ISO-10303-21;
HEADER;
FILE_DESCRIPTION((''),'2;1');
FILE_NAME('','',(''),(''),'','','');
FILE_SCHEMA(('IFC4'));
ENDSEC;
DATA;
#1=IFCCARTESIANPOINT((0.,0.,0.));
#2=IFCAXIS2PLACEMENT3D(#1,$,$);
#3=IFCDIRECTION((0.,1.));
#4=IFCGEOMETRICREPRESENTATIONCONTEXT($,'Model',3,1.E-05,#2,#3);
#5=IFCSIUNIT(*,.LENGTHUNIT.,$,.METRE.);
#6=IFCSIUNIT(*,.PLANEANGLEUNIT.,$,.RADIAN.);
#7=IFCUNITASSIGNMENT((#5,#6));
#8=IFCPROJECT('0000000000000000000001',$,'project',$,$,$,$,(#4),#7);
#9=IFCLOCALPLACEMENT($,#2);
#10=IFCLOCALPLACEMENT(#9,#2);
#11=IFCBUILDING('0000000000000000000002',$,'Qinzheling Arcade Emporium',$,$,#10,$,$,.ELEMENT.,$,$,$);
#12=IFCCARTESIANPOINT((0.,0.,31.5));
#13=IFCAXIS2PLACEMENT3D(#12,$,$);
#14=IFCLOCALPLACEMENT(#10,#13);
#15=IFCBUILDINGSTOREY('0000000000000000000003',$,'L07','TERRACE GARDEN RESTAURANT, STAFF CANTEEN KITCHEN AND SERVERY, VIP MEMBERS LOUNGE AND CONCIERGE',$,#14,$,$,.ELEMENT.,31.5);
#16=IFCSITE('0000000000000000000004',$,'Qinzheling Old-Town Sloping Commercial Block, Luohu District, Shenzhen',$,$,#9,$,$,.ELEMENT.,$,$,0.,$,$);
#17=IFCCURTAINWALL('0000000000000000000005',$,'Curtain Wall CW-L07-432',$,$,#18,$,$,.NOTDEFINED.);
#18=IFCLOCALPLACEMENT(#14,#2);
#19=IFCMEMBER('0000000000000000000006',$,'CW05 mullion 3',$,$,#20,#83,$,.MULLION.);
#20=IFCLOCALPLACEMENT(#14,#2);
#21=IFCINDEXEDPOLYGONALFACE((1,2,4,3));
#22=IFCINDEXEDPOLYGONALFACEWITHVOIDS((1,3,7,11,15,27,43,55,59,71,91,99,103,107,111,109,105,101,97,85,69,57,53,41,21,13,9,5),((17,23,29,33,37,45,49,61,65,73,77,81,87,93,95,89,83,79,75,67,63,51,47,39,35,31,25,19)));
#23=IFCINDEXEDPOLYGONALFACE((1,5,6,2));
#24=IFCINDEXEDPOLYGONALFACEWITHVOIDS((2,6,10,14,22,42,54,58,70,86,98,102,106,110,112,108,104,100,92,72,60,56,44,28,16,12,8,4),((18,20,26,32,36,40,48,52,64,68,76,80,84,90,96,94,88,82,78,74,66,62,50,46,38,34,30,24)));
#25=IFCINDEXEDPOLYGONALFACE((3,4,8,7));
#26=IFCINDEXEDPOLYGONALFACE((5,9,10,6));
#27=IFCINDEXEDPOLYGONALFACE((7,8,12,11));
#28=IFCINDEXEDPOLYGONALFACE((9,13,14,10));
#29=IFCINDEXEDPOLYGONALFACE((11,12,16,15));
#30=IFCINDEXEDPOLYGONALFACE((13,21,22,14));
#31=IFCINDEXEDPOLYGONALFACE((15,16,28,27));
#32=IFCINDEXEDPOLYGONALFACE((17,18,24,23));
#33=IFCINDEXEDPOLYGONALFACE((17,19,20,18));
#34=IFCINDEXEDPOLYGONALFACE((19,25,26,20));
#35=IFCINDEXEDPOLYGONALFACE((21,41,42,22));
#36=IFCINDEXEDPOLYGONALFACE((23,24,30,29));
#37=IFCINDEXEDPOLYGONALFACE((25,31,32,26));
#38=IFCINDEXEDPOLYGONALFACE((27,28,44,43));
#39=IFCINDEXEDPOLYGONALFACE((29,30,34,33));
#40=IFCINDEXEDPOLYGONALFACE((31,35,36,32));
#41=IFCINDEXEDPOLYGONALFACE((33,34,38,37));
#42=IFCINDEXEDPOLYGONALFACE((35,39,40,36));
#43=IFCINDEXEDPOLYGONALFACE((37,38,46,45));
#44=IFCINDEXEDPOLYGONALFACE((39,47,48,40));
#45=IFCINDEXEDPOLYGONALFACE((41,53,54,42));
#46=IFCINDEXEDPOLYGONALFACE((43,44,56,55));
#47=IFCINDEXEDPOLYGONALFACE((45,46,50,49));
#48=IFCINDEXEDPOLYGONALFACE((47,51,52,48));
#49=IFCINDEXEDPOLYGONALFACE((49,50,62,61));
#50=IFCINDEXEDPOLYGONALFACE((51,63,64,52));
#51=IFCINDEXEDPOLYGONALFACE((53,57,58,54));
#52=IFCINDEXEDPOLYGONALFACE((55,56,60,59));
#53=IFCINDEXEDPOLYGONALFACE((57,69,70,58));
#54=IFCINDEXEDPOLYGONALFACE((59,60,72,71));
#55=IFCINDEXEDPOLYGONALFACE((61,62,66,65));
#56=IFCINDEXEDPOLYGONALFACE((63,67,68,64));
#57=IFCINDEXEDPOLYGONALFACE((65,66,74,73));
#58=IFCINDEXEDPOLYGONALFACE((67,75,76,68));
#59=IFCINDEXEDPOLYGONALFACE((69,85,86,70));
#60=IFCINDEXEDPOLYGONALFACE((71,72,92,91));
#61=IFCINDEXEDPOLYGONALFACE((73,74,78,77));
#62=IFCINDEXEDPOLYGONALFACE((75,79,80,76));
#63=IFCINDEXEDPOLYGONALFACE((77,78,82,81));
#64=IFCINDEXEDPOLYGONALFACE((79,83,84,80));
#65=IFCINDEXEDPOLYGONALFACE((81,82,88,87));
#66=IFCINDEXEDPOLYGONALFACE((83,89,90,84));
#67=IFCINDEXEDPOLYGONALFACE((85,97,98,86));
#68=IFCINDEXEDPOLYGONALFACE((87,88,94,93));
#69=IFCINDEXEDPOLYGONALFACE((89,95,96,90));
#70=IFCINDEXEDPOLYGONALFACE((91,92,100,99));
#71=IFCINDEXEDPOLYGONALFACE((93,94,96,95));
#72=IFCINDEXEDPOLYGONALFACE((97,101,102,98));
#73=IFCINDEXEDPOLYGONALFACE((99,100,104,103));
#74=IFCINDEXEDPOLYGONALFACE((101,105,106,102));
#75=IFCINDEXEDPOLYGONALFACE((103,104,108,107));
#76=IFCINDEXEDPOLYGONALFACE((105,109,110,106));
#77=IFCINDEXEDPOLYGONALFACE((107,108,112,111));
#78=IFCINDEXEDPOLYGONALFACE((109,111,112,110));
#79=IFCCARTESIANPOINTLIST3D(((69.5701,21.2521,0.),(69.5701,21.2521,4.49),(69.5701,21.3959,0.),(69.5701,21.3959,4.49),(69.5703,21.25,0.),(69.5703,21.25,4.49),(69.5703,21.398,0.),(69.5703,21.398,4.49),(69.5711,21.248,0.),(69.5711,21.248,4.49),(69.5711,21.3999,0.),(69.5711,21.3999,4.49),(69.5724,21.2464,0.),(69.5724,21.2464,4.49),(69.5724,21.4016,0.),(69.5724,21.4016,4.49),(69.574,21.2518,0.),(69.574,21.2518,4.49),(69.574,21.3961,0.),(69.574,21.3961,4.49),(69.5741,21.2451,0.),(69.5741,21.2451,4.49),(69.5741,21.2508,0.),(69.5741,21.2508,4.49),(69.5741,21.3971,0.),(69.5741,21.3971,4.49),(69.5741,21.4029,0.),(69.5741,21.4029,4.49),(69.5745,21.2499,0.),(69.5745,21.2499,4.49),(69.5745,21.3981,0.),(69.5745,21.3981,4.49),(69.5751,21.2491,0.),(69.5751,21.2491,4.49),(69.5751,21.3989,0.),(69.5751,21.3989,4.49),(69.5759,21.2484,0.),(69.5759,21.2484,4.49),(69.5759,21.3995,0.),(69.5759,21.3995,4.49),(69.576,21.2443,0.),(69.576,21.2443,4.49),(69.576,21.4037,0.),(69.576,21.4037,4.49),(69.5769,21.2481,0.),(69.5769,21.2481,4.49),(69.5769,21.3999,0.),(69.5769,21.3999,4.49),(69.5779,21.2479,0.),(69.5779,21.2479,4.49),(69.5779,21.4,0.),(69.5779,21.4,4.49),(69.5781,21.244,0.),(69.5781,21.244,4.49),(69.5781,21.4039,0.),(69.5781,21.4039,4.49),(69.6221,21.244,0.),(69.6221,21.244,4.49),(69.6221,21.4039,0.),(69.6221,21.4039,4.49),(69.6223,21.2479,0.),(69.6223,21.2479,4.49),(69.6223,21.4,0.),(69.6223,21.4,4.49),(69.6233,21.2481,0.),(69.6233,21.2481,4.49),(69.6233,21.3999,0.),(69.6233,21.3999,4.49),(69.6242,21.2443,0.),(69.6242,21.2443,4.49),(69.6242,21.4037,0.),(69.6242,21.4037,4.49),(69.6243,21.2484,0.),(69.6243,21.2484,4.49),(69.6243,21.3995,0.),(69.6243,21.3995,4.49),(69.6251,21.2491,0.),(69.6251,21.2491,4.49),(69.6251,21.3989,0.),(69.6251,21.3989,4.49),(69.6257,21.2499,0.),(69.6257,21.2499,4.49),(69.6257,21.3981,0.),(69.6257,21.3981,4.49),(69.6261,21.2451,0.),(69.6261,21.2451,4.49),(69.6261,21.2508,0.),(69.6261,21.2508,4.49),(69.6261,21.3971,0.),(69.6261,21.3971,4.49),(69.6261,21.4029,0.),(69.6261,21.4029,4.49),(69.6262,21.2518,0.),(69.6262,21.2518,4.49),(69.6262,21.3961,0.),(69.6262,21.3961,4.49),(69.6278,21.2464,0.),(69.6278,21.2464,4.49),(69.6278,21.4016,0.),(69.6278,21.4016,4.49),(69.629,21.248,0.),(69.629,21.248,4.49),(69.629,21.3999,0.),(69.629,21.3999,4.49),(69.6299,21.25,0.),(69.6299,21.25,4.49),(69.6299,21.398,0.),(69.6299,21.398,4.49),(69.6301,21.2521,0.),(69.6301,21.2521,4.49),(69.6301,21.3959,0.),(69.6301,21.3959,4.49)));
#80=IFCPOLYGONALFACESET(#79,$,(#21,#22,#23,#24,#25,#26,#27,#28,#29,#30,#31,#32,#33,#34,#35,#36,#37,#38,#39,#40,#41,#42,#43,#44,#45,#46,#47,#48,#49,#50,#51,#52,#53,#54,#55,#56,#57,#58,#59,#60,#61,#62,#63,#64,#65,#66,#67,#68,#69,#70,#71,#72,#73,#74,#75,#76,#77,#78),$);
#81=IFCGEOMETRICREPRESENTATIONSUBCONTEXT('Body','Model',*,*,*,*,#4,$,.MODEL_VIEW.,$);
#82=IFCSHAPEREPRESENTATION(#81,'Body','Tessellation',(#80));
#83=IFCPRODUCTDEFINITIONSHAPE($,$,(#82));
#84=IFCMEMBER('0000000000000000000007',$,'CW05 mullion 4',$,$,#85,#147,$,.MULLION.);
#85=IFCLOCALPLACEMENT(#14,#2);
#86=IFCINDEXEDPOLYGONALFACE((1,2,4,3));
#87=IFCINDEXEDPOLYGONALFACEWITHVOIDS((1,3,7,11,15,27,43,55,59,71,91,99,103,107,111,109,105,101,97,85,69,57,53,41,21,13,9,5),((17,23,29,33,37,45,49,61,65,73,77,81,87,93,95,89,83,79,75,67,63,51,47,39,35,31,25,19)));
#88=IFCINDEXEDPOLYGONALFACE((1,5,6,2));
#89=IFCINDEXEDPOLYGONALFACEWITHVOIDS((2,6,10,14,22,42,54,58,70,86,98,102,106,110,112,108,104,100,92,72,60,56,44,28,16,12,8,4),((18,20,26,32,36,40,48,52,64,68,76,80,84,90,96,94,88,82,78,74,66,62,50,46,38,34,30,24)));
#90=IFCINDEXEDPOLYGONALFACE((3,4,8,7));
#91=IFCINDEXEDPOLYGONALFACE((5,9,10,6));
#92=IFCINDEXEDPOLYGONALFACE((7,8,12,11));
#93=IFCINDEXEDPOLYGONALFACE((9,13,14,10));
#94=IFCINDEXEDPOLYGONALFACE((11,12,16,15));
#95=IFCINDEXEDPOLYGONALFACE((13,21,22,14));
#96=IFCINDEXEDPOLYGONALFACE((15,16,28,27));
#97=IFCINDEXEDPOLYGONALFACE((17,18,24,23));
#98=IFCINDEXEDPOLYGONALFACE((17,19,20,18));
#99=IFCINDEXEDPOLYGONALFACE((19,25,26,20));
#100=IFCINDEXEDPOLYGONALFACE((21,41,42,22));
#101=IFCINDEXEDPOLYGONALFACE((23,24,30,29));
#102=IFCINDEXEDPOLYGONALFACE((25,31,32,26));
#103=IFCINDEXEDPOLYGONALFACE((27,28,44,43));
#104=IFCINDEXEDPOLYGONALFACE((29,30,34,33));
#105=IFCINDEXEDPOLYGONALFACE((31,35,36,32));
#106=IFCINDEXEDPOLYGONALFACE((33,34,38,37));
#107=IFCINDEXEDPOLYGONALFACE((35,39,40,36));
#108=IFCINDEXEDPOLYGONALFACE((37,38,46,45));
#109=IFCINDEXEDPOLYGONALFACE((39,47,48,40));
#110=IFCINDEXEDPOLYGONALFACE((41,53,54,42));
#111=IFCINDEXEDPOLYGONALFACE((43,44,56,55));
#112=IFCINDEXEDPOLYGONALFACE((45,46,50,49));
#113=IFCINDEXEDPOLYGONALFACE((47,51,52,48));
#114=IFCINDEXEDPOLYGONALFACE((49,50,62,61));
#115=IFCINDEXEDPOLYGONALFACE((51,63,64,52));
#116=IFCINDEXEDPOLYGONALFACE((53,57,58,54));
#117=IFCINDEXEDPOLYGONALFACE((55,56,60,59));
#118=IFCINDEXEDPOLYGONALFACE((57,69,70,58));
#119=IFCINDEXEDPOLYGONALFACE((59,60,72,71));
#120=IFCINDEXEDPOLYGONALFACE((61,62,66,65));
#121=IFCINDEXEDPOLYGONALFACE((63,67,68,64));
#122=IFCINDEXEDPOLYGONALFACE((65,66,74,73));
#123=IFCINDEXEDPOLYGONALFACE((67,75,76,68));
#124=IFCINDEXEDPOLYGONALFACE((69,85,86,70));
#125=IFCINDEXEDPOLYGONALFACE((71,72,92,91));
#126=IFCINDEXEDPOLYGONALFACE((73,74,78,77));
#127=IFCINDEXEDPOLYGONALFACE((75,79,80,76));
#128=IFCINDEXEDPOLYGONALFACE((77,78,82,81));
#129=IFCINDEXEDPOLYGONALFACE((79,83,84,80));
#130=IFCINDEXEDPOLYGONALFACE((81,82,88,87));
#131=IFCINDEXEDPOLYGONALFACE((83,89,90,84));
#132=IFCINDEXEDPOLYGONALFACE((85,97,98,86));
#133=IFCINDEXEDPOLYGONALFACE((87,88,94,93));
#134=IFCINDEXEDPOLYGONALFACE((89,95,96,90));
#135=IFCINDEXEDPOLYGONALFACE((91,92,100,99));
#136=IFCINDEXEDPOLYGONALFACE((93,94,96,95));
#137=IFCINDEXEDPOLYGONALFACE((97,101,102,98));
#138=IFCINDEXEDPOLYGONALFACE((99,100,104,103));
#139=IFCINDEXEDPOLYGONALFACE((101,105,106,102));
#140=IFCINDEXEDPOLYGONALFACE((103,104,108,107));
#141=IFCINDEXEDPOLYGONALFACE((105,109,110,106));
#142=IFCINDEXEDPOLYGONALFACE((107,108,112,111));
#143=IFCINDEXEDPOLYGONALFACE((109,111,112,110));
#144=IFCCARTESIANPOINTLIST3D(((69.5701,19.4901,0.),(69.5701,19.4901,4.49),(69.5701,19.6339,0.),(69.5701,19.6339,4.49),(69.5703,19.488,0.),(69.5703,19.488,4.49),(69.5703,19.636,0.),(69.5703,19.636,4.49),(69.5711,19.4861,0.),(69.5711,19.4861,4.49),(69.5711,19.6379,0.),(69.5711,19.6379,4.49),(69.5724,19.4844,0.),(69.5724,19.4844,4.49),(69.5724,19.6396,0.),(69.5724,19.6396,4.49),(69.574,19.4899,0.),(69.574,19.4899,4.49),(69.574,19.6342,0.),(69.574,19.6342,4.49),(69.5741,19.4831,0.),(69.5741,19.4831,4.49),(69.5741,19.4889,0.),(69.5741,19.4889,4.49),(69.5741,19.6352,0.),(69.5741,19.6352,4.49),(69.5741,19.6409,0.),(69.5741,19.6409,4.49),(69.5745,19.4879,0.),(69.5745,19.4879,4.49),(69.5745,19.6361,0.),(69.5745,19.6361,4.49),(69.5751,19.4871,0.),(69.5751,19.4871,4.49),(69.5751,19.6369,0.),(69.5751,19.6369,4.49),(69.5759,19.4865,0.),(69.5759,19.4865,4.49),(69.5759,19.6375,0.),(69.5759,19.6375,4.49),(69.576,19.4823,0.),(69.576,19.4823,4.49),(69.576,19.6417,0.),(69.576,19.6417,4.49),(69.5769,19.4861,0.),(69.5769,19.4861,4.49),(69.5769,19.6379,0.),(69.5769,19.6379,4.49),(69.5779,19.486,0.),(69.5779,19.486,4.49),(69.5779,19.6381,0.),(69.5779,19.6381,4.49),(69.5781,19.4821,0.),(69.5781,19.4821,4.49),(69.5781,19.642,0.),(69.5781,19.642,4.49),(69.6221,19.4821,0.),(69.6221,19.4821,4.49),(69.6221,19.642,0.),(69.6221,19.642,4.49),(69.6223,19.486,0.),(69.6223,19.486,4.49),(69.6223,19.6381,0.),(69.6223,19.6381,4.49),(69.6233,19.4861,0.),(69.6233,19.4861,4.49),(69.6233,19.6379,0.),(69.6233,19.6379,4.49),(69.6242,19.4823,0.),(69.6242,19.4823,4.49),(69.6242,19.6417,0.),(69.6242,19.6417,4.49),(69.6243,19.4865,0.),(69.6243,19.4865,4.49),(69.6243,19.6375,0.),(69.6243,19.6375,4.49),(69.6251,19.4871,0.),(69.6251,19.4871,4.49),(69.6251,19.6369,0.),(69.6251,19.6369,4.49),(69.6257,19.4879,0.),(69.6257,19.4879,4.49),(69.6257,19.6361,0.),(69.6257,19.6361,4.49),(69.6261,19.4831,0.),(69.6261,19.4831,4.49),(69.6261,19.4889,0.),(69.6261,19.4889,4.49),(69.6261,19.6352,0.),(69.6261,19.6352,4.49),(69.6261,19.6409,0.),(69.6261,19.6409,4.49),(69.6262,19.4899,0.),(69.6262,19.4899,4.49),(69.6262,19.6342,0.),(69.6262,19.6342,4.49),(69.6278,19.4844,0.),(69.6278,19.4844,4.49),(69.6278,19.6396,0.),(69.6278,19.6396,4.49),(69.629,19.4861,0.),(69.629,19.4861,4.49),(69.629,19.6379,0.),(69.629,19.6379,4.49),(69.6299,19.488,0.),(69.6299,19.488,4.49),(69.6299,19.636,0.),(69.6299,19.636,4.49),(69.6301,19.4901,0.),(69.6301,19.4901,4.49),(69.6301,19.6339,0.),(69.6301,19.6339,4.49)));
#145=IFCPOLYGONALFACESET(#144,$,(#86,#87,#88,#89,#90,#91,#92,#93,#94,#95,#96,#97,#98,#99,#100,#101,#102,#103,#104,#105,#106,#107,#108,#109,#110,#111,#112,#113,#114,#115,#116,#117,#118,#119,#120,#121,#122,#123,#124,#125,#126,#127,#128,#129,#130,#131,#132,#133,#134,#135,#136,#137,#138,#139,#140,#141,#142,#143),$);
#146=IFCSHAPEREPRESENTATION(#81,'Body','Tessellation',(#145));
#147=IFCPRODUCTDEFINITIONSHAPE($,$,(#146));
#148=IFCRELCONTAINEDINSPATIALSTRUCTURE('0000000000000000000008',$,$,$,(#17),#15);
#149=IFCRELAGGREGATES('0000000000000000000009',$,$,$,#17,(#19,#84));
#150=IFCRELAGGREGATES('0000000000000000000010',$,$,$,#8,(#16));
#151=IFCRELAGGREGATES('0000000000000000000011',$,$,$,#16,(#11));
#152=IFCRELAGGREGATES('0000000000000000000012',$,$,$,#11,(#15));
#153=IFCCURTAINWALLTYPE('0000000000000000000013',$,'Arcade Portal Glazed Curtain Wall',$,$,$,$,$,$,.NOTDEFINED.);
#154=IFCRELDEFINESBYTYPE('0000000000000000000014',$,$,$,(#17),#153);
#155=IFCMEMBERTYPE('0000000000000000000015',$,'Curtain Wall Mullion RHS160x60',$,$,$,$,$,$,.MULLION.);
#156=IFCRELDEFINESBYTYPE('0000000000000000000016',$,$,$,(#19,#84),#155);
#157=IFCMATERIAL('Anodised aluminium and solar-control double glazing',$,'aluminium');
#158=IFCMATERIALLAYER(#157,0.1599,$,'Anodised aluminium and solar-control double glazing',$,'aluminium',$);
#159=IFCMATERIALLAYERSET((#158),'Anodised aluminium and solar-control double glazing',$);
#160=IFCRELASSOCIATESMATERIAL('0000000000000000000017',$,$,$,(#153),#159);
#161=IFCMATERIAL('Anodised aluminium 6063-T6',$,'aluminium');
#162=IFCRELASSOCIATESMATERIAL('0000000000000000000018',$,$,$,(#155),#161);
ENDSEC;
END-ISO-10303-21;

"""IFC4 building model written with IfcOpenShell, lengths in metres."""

from ifc_helpers import new_model, si_unit, direction, frame, origin, origin_2d, place, context, subcontext, project, spatial, hollow_rectangle, extrude, material, layer, layer_set, material_profile, profile_set, type_object, element, aggregate, save


model = new_model("IFC4")

# Units and contexts
model_context = context("Model", 3, precision=1e-05, world=origin(), true_north=direction((0.0, 1.0)))
body_context = subcontext(model_context, "Body", "Model", "MODEL_VIEW")
ifc_project = project(units=[si_unit("LENGTHUNIT", "METRE"), si_unit("PLANEANGLEUNIT", "RADIAN")], contexts=[model_context])

# Site, building, storey
site_placement = place(None, origin())
site = spatial("IfcSite", under=ifc_project, at=site_placement, Name="Qinzheling Old-Town Sloping Commercial Block, Luohu District, Shenzhen", CompositionType="ELEMENT", RefElevation=0.0)
building_placement = place(site_placement, origin())
building = spatial("IfcBuilding", under=site, at=building_placement, Name="Qinzheling Arcade Emporium", CompositionType="ELEMENT")
storey_placement = place(building_placement, frame((0.0, 0.0, 31.5)))
storey = spatial("IfcBuildingStorey", under=building, at=storey_placement, Name="L07", Description="TERRACE GARDEN RESTAURANT, STAFF CANTEEN KITCHEN AND SERVERY, VIP MEMBERS LOUNGE AND CONCIERGE", CompositionType="ELEMENT", Elevation=31.5)

# Curtain wall, members
ifc_material_1 = material(Name="Anodised aluminium and solar-control double glazing", Category="aluminium")
ifc_layer_1 = layer(ifc_material_1, 0.1599, Name="Anodised aluminium and solar-control double glazing", Category="aluminium")
ifc_layer_set_1 = layer_set([ifc_layer_1], Name="Anodised aluminium and solar-control double glazing")
curtain_wall_type = type_object("IfcCurtainWallType", Name="Arcade Portal Glazed Curtain Wall", PredefinedType="NOTDEFINED", material=ifc_layer_set_1)
curtain_wall_placement = place(storey_placement, origin())
curtain_wall = element("IfcCurtainWall", 1, at=curtain_wall_placement, inside=storey, type_object=curtain_wall_type, Name="Curtain Wall CW-L07-432", PredefinedType="NOTDEFINED")
ifc_material_2 = material(Name="Anodised aluminium 6063-T6", Category="aluminium")
ifc_material_profile_1 = material_profile(ifc_material_2, hollow_rectangle(XDim=0.0601, YDim=0.1599, WallThickness=0.0039, InnerFilletRadius=0.0039, OuterFilletRadius=0.0081, at=origin_2d()), Name="RHS 160x60x4", Category="aluminium")
ifc_profile_set_1 = profile_set([ifc_material_profile_1], Name="Anodised aluminium 6063-T6")
member_type_1 = type_object("IfcMemberType", Name="Curtain Wall Mullion RHS160x60", PredefinedType="MULLION", material=ifc_profile_set_1)
member_1_placement = place(storey_placement, frame((69.6001, 21.324, 0.0), z_axis=(0.0, 0.0, 1.0), x_axis=(1.0, 0.0, 0.0)))
member_1 = element("IfcMember", 2, at=member_1_placement, type_object=member_type_1, Name="CW05 mullion 3", PredefinedType="MULLION", context=body_context, shape_type="SweptSolid", body=[
    extrude(hollow_rectangle(XDim=0.0601, YDim=0.1599, WallThickness=0.0039, InnerFilletRadius=0.0039, OuterFilletRadius=0.0081, at=origin_2d()), origin(), (0.0, 0.0, 1.0), 4.49),
])
member_2_placement = place(storey_placement, frame((69.6001, 19.562, 0.0), z_axis=(0.0, 0.0, 1.0), x_axis=(1.0, 0.0, 0.0)))
member_2 = element("IfcMember", 3, at=member_2_placement, type_object=member_type_1, Name="CW05 mullion 4", PredefinedType="MULLION", context=body_context, shape_type="SweptSolid", body=[
    extrude(hollow_rectangle(XDim=0.0601, YDim=0.1599, WallThickness=0.0039, InnerFilletRadius=0.0039, OuterFilletRadius=0.0081, at=origin_2d()), origin(), (0.0, 0.0, 1.0), 4.49),
])
aggregate(curtain_wall, [member_1, member_2])

save(model, "model.ifc")
